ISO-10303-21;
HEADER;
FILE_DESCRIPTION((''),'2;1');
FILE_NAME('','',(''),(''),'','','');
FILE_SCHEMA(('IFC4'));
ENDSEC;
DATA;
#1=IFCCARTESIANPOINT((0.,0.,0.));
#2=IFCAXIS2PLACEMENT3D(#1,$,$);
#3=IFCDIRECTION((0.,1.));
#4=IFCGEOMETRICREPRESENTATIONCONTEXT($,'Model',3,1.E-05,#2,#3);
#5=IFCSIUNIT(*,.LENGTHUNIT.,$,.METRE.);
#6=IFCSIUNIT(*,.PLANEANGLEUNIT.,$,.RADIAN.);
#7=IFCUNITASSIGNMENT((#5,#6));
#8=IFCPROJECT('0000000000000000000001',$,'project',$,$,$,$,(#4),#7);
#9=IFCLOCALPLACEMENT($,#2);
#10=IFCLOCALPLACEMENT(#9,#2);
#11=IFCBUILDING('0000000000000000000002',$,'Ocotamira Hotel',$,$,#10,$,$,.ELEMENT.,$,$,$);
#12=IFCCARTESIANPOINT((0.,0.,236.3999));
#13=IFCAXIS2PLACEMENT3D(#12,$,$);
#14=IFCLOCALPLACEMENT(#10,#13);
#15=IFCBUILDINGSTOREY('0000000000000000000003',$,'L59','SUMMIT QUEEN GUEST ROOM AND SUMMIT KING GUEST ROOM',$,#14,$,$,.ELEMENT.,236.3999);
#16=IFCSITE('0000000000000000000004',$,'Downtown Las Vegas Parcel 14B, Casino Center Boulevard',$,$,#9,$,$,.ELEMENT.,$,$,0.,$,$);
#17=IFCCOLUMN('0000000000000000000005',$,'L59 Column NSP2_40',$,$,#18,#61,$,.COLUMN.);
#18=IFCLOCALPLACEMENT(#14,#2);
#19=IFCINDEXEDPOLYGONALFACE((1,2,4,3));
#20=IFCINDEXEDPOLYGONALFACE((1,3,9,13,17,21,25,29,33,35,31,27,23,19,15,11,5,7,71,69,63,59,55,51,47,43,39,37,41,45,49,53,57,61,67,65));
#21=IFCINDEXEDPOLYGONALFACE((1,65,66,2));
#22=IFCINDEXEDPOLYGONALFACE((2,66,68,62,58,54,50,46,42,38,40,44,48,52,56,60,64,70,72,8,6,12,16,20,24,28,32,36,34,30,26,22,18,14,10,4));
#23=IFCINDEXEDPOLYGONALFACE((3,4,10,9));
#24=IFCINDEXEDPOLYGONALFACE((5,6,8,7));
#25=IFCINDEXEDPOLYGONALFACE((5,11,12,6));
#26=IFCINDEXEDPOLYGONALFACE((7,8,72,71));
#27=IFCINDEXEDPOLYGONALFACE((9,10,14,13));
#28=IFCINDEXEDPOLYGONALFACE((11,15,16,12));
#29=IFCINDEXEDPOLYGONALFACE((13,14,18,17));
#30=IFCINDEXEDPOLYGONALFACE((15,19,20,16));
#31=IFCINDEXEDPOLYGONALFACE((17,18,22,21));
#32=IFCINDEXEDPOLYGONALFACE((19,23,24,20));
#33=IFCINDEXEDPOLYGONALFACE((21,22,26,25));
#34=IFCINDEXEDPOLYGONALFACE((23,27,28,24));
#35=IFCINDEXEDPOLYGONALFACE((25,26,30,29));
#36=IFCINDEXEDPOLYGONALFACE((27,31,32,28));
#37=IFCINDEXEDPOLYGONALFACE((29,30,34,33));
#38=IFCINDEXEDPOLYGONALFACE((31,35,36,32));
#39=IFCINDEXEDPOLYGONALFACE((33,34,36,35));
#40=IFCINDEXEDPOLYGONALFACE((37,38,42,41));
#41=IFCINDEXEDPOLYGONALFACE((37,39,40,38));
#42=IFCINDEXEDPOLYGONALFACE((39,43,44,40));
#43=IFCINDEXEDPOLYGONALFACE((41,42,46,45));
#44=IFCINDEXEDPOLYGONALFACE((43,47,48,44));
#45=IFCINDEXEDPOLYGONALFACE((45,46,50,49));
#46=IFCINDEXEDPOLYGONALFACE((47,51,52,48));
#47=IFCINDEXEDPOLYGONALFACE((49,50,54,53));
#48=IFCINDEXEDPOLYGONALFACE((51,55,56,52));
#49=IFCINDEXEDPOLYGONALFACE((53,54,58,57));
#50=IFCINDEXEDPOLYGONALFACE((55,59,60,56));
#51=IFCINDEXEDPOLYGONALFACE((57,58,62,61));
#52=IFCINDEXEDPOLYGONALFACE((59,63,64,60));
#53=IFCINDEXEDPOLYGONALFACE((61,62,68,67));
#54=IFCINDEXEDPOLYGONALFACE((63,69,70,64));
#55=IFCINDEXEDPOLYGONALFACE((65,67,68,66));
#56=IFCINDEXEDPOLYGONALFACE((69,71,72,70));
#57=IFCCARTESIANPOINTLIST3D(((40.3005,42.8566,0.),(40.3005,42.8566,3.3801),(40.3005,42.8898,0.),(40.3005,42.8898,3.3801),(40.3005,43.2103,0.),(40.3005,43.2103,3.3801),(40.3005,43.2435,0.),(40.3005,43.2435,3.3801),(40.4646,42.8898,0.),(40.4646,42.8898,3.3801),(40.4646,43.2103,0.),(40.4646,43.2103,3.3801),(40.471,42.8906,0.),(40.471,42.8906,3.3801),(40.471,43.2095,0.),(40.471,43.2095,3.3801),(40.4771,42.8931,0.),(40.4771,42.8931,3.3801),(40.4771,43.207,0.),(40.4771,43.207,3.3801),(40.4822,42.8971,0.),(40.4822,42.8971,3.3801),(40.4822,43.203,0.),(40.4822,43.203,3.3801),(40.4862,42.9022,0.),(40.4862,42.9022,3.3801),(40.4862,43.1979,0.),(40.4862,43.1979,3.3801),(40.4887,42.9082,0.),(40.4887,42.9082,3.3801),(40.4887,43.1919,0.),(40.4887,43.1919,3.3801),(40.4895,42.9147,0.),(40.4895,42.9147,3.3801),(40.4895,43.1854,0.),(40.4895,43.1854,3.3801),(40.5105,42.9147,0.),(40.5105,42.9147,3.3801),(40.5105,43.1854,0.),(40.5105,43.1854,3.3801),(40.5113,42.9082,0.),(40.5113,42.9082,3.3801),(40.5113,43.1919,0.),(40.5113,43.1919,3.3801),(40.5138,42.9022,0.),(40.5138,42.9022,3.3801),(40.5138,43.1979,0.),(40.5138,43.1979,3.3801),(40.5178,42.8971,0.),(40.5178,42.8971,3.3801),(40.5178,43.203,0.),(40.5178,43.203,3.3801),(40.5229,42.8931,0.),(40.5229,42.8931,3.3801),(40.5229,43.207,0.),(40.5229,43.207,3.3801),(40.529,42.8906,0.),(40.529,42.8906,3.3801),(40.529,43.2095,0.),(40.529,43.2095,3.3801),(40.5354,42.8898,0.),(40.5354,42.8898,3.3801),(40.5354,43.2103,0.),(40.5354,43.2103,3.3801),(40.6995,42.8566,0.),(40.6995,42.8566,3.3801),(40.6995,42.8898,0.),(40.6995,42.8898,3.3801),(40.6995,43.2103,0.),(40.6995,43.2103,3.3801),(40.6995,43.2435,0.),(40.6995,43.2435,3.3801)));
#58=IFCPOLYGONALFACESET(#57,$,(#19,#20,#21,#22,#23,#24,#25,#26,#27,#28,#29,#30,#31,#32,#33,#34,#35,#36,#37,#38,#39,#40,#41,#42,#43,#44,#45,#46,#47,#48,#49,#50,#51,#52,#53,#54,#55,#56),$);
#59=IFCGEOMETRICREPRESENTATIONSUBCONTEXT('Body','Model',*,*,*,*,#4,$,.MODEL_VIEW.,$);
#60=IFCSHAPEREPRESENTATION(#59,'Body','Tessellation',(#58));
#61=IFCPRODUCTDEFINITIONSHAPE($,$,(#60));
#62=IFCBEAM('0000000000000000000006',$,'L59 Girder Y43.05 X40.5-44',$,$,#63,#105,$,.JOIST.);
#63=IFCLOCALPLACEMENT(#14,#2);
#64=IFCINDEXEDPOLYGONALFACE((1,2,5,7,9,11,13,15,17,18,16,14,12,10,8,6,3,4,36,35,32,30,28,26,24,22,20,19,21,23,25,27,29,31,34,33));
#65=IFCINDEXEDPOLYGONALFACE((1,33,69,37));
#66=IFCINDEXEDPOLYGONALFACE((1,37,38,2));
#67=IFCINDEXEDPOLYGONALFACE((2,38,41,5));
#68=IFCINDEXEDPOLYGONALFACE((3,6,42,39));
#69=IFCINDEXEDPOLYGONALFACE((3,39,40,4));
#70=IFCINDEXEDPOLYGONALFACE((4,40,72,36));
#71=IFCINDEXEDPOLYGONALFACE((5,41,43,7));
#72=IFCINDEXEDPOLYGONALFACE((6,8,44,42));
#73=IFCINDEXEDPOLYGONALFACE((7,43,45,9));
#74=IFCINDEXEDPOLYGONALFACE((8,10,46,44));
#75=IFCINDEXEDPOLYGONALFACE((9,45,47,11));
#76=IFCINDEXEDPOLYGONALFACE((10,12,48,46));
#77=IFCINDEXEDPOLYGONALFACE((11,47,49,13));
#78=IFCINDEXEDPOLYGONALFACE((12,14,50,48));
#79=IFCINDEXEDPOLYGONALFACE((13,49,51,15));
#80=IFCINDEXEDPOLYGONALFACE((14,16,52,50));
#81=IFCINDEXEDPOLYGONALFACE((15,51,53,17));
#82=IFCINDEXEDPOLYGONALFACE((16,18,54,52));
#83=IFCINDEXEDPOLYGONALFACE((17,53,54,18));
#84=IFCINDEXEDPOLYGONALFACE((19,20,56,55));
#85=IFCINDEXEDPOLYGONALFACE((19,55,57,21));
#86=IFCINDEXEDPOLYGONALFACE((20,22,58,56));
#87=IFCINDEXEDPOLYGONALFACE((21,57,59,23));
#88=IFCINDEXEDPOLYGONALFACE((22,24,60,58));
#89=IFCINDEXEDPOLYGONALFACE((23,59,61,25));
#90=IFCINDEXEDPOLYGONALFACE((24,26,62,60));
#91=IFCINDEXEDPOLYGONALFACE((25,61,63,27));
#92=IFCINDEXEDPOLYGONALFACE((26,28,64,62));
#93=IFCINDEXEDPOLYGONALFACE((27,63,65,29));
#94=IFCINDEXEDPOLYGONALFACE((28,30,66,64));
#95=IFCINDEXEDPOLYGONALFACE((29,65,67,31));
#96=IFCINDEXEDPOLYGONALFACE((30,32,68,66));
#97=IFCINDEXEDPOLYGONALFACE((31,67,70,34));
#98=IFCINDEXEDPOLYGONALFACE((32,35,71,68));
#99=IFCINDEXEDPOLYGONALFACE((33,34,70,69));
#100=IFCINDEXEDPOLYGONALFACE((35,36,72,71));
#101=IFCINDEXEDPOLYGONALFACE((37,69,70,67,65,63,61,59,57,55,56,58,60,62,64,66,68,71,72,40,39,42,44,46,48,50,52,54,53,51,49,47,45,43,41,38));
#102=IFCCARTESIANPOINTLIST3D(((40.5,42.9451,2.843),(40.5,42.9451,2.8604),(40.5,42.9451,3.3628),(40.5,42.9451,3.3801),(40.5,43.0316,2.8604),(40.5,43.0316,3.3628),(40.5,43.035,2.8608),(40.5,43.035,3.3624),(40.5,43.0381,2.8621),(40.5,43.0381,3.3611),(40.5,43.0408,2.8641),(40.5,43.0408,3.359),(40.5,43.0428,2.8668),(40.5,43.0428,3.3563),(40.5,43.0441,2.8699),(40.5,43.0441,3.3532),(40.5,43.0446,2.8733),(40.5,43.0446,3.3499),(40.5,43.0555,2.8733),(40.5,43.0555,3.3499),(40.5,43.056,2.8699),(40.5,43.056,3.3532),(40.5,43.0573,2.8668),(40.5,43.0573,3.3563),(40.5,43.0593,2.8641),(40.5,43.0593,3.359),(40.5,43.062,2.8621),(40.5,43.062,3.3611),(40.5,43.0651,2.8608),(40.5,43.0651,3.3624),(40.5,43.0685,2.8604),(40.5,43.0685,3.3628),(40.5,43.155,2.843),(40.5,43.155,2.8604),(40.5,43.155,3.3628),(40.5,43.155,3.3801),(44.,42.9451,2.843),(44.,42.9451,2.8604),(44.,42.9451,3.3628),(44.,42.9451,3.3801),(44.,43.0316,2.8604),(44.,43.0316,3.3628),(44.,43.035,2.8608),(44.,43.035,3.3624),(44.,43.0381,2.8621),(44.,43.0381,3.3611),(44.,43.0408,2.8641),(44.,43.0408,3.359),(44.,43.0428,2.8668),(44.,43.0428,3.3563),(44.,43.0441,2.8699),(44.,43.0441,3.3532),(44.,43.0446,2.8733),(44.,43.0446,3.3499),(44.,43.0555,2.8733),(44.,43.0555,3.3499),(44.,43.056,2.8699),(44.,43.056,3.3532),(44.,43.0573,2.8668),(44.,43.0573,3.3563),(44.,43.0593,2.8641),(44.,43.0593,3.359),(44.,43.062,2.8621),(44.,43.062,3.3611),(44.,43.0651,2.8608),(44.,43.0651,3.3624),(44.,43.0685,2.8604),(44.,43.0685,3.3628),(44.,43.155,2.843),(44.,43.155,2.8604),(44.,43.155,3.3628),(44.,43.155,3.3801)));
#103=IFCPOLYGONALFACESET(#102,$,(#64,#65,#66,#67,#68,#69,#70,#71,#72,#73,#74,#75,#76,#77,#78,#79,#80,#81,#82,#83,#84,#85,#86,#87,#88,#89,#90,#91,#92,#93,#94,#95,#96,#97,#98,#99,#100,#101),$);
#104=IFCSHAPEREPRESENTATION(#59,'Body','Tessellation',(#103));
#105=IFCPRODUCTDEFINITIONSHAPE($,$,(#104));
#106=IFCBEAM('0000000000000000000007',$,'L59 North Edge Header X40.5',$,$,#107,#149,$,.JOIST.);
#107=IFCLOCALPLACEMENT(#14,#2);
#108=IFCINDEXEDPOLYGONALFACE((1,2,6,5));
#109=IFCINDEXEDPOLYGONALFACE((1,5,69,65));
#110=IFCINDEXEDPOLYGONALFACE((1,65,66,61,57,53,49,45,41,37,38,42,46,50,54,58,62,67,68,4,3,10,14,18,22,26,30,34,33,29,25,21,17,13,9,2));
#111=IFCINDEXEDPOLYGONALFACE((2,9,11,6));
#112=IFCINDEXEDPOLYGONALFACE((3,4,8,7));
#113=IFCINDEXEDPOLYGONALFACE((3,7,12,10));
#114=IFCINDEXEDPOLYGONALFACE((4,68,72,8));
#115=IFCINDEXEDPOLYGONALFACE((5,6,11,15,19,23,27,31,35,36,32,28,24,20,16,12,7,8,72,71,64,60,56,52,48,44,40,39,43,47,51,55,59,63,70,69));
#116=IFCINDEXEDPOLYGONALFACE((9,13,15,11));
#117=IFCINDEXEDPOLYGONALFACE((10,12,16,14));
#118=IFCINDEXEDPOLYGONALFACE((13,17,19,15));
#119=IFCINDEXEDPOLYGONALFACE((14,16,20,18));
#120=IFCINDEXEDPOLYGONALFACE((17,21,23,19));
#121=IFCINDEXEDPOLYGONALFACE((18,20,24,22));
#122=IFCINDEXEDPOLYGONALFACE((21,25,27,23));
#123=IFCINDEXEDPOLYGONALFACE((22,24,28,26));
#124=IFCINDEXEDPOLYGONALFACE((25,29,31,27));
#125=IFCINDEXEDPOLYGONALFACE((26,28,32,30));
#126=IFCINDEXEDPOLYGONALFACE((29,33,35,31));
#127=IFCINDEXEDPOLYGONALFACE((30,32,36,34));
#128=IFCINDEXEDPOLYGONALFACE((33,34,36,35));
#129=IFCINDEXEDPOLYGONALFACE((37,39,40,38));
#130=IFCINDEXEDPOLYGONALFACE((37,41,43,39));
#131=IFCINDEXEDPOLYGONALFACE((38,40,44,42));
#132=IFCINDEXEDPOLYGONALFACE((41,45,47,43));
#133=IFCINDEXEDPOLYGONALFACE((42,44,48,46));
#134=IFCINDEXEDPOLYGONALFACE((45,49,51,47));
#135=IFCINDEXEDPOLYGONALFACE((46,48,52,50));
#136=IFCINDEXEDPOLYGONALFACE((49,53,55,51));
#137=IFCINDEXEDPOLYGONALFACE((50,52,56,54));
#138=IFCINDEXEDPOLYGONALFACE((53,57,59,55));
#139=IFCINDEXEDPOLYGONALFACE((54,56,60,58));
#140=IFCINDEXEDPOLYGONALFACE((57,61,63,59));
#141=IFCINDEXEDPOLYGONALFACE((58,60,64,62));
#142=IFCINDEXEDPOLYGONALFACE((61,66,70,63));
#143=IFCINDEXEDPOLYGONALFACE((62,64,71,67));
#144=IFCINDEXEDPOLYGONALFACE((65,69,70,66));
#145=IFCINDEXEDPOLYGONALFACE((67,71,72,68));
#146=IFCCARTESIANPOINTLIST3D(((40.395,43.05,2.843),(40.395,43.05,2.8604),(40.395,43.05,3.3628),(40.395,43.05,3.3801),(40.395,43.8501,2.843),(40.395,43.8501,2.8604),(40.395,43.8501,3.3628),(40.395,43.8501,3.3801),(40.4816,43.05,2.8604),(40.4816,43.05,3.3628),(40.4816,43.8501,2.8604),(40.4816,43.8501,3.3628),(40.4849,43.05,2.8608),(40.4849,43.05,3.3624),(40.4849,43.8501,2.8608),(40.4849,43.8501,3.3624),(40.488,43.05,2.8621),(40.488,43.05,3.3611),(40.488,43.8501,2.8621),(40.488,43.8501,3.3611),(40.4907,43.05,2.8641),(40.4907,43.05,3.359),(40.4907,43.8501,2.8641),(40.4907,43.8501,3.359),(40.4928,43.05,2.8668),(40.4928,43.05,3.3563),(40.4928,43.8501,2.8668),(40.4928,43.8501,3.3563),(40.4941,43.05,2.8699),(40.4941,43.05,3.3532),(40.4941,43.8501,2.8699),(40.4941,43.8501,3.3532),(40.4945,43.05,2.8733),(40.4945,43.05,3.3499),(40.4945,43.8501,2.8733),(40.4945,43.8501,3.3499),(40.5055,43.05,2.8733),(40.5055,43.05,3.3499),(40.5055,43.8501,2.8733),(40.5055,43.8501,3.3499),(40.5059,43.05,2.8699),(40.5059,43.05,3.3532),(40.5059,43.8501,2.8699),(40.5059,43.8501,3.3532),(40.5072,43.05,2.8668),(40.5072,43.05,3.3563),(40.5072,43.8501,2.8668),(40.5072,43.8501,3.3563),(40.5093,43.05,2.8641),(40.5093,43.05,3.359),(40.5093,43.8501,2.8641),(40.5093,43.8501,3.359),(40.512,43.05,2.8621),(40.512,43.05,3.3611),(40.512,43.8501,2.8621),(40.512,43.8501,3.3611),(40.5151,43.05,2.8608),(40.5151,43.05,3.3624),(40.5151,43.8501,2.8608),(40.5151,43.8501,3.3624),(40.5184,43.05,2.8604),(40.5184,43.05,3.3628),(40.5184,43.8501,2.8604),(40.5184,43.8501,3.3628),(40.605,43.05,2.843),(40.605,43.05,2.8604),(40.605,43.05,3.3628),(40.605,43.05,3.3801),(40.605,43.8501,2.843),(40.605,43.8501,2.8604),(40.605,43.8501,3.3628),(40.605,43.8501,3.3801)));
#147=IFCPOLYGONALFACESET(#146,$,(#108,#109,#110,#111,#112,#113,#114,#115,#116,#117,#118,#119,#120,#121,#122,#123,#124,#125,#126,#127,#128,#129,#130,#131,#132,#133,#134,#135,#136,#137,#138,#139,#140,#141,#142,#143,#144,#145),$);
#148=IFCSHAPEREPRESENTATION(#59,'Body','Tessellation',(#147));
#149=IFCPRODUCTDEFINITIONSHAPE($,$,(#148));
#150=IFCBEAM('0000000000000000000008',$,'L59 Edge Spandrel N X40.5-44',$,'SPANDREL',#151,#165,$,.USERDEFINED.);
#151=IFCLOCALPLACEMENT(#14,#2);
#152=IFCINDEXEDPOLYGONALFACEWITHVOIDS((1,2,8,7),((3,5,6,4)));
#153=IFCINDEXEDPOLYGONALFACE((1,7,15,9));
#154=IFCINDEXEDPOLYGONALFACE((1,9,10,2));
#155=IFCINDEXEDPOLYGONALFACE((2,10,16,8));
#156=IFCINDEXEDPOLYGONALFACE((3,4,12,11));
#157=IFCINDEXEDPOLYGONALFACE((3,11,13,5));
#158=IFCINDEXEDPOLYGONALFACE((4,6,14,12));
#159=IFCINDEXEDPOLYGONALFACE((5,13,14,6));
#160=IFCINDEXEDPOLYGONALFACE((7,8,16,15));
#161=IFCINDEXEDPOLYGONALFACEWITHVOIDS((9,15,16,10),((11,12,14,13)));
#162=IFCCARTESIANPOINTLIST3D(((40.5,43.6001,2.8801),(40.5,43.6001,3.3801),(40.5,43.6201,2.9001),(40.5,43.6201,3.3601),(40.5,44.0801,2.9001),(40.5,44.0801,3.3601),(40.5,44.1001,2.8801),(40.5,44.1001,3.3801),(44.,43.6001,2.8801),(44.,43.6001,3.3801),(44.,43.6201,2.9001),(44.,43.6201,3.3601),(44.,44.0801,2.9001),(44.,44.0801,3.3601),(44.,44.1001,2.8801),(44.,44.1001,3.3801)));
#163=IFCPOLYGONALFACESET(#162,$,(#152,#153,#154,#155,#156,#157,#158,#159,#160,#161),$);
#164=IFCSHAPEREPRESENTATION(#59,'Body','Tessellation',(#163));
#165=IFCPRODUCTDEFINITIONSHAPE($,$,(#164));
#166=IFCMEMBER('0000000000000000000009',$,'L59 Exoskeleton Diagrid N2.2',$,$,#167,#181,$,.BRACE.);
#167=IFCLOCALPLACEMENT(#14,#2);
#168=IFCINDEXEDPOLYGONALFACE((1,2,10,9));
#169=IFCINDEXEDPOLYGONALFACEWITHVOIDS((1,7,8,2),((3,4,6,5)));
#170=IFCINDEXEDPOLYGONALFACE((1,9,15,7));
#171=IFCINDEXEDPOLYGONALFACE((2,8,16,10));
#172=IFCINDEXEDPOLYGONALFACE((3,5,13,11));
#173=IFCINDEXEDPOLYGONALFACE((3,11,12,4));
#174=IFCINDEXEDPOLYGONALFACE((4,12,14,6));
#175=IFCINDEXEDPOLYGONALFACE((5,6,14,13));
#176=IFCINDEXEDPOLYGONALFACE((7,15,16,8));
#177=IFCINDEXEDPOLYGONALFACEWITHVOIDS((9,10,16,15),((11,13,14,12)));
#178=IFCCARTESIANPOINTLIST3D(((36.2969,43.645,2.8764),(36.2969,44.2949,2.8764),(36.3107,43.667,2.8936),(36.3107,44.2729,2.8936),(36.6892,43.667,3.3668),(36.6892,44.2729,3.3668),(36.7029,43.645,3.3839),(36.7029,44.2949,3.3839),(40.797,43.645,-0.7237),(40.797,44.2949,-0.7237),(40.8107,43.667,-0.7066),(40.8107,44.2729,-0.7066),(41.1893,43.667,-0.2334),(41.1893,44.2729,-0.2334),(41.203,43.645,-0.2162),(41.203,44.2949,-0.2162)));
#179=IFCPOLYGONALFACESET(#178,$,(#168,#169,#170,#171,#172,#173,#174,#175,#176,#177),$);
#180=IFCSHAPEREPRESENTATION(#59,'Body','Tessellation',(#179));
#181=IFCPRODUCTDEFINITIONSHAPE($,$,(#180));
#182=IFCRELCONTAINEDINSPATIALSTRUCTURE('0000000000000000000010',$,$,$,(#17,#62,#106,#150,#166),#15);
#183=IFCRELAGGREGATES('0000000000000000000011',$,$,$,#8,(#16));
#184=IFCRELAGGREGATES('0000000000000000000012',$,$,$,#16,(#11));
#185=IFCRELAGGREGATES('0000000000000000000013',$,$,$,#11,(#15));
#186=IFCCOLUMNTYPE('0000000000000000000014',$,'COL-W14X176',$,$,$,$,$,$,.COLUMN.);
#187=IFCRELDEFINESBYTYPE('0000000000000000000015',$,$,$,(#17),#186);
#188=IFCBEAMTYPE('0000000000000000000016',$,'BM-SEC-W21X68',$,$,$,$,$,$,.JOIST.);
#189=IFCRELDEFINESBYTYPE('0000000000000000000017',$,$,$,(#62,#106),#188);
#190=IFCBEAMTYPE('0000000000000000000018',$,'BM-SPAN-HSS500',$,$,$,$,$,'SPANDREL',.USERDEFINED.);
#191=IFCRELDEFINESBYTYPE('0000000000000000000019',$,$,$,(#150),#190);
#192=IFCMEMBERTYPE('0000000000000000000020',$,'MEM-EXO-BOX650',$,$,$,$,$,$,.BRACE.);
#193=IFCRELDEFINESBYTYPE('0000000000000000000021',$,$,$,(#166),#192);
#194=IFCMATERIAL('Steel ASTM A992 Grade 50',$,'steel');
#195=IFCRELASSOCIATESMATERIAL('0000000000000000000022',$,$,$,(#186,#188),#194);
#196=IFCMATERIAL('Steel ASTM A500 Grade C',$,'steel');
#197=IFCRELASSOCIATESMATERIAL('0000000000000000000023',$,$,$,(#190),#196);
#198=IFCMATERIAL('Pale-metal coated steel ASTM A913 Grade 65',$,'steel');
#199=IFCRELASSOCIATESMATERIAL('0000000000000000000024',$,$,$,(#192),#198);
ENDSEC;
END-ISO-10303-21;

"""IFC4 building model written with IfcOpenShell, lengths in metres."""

from ifc_helpers import new_model, si_unit, direction, frame, origin, origin_2d, place, context, subcontext, project, spatial, hollow_rectangle, i_section, extrude, source, transform, mapped, material, material_profile, profile_set, type_object, element, save


model = new_model("IFC4")

# Units and contexts
model_context = context("Model", 3, precision=1e-05, world=origin(), true_north=direction((0.0, 1.0)))
body_context = subcontext(model_context, "Body", "Model", "MODEL_VIEW")
ifc_project = project(units=[si_unit("LENGTHUNIT", "METRE"), si_unit("PLANEANGLEUNIT", "RADIAN")], contexts=[model_context])

# Site, building, storey
site_placement = place(None, origin())
site = spatial("IfcSite", under=ifc_project, at=site_placement, Name="Downtown Las Vegas Parcel 14B, Casino Center Boulevard", CompositionType="ELEMENT", RefElevation=0.0)
building_placement = place(site_placement, origin())
building = spatial("IfcBuilding", under=site, at=building_placement, Name="Ocotamira Hotel", CompositionType="ELEMENT")
storey_placement = place(building_placement, frame((0.0, 0.0, 236.3999)))
storey = spatial("IfcBuildingStorey", under=building, at=storey_placement, Name="L59", Description="SUMMIT QUEEN GUEST ROOM AND SUMMIT KING GUEST ROOM", CompositionType="ELEMENT", Elevation=236.3999)

# Column
ifc_material_1 = material(Name="Steel ASTM A992 Grade 50", Category="steel")
ifc_material_profile_1 = material_profile(ifc_material_1, i_section(OverallWidth=0.3989, OverallDepth=0.387, WebThickness=0.021, FlangeThickness=0.0332, FilletRadius=0.0249, at=origin_2d()), Name="W14X176")
ifc_profile_set_1 = profile_set([ifc_material_profile_1], Name="Steel ASTM A992 Grade 50")
column_type = type_object("IfcColumnType", Name="COL-W14X176", PredefinedType="COLUMN", material=ifc_profile_set_1)
shared_shape_1 = source(origin(), body_context, "Body", "SweptSolid", [
    extrude(i_section(OverallWidth=0.3989, OverallDepth=0.387, WebThickness=0.021, FlangeThickness=0.0332, FilletRadius=0.0249, at=origin_2d()), origin(), (0.0, 0.0, 1.0), 3.3801),
])
column_placement = place(storey_placement, frame((40.5, 43.05, 0.0), z_axis=(0.0, 0.0, 1.0), x_axis=(1.0, 0.0, 0.0)))
element("IfcColumn", 1, at=column_placement, inside=storey, type_object=column_type, Name="L59 Column NSP2_40", PredefinedType="COLUMN", context=body_context, shape_type="MappedRepresentation", body=[
    mapped(shared_shape_1, transform((0.0, 0.0, 0.0), scale=1.0)),
])

# Beams
ifc_material_profile_2 = material_profile(ifc_material_1, i_section(OverallWidth=0.21, OverallDepth=0.5371, WebThickness=0.011, FlangeThickness=0.0173, FilletRadius=0.0129, at=origin_2d()), Name="W21X68")
ifc_profile_set_2 = profile_set([ifc_material_profile_2], Name="Steel ASTM A992 Grade 50")
beam_type_1 = type_object("IfcBeamType", Name="BM-SEC-W21X68", PredefinedType="JOIST", material=ifc_profile_set_2)
shared_shape_2 = source(origin(), body_context, "Body", "SweptSolid", [
    extrude(i_section(OverallWidth=0.21, OverallDepth=0.5371, WebThickness=0.011, FlangeThickness=0.0173, FilletRadius=0.0129, at=origin_2d()), origin(), (0.0, 0.0, 1.0), 3.5),
])
beam_1_placement = place(storey_placement, frame((40.5, 43.05, 3.1116), z_axis=(1.0, 0.0, 0.0), x_axis=(0.0, 1.0, 0.0)))
element("IfcBeam", 2, at=beam_1_placement, inside=storey, type_object=beam_type_1, Name="L59 Girder Y43.05 X40.5-44", PredefinedType="JOIST", context=body_context, shape_type="MappedRepresentation", body=[
    mapped(shared_shape_2, transform((0.0, 0.0, 0.0), scale=1.0)),
])
shared_shape_3 = source(origin(), body_context, "Body", "SweptSolid", [
    extrude(i_section(OverallWidth=0.21, OverallDepth=0.5371, WebThickness=0.011, FlangeThickness=0.0173, FilletRadius=0.0129, at=origin_2d()), origin(), (0.0, 0.0, 1.0), 0.8),
])
beam_2_placement = place(storey_placement, frame((40.5, 43.05, 3.1116), z_axis=(0.0, 1.0, 0.0), x_axis=(-1.0, 0.0, 0.0)))
element("IfcBeam", 3, at=beam_2_placement, inside=storey, type_object=beam_type_1, Name="L59 North Edge Header X40.5", PredefinedType="JOIST", context=body_context, shape_type="MappedRepresentation", body=[
    mapped(shared_shape_3, transform((0.0, 0.0, 0.0), scale=1.0)),
])
ifc_material_2 = material(Name="Steel ASTM A500 Grade C", Category="steel")
ifc_material_profile_3 = material_profile(ifc_material_2, hollow_rectangle(XDim=0.5, YDim=0.5, WallThickness=0.02, at=origin_2d()), Name="HSS500X500X20")
ifc_profile_set_3 = profile_set([ifc_material_profile_3], Name="Steel ASTM A500 Grade C")
beam_type_2 = type_object("IfcBeamType", Name="BM-SPAN-HSS500", ElementType="SPANDREL", PredefinedType="USERDEFINED", material=ifc_profile_set_3)
shared_shape_4 = source(origin(), body_context, "Body", "SweptSolid", [
    extrude(hollow_rectangle(XDim=0.5, YDim=0.5, WallThickness=0.02, at=origin_2d()), origin(), (0.0, 0.0, 1.0), 3.5),
])
beam_3_placement = place(storey_placement, frame((40.5, 43.8501, 3.1301), z_axis=(1.0, 0.0, 0.0), x_axis=(0.0, 1.0, 0.0)))
element("IfcBeam", 4, at=beam_3_placement, inside=storey, type_object=beam_type_2, Name="L59 Edge Spandrel N X40.5-44", ObjectType="SPANDREL", PredefinedType="USERDEFINED", context=body_context, shape_type="MappedRepresentation", body=[
    mapped(shared_shape_4, transform((0.0, 0.0, 0.0), scale=1.0)),
])

# Member
ifc_material_3 = material(Name="Pale-metal coated steel ASTM A913 Grade 65", Category="steel")
ifc_material_profile_4 = material_profile(ifc_material_3, hollow_rectangle(XDim=0.6499, YDim=0.6499, WallThickness=0.022, at=origin_2d()), Name="BOX650X650X22")
ifc_profile_set_4 = profile_set([ifc_material_profile_4], Name="Pale-metal coated steel ASTM A913 Grade 65")
member_type_1 = type_object("IfcMemberType", Name="MEM-EXO-BOX650", PredefinedType="BRACE", material=ifc_profile_set_4)
shared_shape_5 = source(origin(), body_context, "Body", "SweptSolid", [
    extrude(hollow_rectangle(XDim=0.6499, YDim=0.6499, WallThickness=0.022, at=origin_2d()), origin(), (0.0, 0.0, 1.0), 5.7629),
])
for number, where, z_axis, x_axis, name in (
    (5, (41.0, 43.97, -0.47), (-0.780861, 0.0, 0.624705), (0.0, -1.0, 0.0), "L59 Exoskeleton Diagrid N2.2"),
):
    element("IfcMember", number, at=place(storey_placement, frame(where, z_axis=z_axis, x_axis=x_axis)), inside=storey, type_object=member_type_1, Name=name, PredefinedType="BRACE", context=body_context, shape_type="MappedRepresentation", body=[
        mapped(shared_shape_5, transform((0.0, 0.0, 0.0), scale=1.0)),
    ])

save(model, "model.ifc")
